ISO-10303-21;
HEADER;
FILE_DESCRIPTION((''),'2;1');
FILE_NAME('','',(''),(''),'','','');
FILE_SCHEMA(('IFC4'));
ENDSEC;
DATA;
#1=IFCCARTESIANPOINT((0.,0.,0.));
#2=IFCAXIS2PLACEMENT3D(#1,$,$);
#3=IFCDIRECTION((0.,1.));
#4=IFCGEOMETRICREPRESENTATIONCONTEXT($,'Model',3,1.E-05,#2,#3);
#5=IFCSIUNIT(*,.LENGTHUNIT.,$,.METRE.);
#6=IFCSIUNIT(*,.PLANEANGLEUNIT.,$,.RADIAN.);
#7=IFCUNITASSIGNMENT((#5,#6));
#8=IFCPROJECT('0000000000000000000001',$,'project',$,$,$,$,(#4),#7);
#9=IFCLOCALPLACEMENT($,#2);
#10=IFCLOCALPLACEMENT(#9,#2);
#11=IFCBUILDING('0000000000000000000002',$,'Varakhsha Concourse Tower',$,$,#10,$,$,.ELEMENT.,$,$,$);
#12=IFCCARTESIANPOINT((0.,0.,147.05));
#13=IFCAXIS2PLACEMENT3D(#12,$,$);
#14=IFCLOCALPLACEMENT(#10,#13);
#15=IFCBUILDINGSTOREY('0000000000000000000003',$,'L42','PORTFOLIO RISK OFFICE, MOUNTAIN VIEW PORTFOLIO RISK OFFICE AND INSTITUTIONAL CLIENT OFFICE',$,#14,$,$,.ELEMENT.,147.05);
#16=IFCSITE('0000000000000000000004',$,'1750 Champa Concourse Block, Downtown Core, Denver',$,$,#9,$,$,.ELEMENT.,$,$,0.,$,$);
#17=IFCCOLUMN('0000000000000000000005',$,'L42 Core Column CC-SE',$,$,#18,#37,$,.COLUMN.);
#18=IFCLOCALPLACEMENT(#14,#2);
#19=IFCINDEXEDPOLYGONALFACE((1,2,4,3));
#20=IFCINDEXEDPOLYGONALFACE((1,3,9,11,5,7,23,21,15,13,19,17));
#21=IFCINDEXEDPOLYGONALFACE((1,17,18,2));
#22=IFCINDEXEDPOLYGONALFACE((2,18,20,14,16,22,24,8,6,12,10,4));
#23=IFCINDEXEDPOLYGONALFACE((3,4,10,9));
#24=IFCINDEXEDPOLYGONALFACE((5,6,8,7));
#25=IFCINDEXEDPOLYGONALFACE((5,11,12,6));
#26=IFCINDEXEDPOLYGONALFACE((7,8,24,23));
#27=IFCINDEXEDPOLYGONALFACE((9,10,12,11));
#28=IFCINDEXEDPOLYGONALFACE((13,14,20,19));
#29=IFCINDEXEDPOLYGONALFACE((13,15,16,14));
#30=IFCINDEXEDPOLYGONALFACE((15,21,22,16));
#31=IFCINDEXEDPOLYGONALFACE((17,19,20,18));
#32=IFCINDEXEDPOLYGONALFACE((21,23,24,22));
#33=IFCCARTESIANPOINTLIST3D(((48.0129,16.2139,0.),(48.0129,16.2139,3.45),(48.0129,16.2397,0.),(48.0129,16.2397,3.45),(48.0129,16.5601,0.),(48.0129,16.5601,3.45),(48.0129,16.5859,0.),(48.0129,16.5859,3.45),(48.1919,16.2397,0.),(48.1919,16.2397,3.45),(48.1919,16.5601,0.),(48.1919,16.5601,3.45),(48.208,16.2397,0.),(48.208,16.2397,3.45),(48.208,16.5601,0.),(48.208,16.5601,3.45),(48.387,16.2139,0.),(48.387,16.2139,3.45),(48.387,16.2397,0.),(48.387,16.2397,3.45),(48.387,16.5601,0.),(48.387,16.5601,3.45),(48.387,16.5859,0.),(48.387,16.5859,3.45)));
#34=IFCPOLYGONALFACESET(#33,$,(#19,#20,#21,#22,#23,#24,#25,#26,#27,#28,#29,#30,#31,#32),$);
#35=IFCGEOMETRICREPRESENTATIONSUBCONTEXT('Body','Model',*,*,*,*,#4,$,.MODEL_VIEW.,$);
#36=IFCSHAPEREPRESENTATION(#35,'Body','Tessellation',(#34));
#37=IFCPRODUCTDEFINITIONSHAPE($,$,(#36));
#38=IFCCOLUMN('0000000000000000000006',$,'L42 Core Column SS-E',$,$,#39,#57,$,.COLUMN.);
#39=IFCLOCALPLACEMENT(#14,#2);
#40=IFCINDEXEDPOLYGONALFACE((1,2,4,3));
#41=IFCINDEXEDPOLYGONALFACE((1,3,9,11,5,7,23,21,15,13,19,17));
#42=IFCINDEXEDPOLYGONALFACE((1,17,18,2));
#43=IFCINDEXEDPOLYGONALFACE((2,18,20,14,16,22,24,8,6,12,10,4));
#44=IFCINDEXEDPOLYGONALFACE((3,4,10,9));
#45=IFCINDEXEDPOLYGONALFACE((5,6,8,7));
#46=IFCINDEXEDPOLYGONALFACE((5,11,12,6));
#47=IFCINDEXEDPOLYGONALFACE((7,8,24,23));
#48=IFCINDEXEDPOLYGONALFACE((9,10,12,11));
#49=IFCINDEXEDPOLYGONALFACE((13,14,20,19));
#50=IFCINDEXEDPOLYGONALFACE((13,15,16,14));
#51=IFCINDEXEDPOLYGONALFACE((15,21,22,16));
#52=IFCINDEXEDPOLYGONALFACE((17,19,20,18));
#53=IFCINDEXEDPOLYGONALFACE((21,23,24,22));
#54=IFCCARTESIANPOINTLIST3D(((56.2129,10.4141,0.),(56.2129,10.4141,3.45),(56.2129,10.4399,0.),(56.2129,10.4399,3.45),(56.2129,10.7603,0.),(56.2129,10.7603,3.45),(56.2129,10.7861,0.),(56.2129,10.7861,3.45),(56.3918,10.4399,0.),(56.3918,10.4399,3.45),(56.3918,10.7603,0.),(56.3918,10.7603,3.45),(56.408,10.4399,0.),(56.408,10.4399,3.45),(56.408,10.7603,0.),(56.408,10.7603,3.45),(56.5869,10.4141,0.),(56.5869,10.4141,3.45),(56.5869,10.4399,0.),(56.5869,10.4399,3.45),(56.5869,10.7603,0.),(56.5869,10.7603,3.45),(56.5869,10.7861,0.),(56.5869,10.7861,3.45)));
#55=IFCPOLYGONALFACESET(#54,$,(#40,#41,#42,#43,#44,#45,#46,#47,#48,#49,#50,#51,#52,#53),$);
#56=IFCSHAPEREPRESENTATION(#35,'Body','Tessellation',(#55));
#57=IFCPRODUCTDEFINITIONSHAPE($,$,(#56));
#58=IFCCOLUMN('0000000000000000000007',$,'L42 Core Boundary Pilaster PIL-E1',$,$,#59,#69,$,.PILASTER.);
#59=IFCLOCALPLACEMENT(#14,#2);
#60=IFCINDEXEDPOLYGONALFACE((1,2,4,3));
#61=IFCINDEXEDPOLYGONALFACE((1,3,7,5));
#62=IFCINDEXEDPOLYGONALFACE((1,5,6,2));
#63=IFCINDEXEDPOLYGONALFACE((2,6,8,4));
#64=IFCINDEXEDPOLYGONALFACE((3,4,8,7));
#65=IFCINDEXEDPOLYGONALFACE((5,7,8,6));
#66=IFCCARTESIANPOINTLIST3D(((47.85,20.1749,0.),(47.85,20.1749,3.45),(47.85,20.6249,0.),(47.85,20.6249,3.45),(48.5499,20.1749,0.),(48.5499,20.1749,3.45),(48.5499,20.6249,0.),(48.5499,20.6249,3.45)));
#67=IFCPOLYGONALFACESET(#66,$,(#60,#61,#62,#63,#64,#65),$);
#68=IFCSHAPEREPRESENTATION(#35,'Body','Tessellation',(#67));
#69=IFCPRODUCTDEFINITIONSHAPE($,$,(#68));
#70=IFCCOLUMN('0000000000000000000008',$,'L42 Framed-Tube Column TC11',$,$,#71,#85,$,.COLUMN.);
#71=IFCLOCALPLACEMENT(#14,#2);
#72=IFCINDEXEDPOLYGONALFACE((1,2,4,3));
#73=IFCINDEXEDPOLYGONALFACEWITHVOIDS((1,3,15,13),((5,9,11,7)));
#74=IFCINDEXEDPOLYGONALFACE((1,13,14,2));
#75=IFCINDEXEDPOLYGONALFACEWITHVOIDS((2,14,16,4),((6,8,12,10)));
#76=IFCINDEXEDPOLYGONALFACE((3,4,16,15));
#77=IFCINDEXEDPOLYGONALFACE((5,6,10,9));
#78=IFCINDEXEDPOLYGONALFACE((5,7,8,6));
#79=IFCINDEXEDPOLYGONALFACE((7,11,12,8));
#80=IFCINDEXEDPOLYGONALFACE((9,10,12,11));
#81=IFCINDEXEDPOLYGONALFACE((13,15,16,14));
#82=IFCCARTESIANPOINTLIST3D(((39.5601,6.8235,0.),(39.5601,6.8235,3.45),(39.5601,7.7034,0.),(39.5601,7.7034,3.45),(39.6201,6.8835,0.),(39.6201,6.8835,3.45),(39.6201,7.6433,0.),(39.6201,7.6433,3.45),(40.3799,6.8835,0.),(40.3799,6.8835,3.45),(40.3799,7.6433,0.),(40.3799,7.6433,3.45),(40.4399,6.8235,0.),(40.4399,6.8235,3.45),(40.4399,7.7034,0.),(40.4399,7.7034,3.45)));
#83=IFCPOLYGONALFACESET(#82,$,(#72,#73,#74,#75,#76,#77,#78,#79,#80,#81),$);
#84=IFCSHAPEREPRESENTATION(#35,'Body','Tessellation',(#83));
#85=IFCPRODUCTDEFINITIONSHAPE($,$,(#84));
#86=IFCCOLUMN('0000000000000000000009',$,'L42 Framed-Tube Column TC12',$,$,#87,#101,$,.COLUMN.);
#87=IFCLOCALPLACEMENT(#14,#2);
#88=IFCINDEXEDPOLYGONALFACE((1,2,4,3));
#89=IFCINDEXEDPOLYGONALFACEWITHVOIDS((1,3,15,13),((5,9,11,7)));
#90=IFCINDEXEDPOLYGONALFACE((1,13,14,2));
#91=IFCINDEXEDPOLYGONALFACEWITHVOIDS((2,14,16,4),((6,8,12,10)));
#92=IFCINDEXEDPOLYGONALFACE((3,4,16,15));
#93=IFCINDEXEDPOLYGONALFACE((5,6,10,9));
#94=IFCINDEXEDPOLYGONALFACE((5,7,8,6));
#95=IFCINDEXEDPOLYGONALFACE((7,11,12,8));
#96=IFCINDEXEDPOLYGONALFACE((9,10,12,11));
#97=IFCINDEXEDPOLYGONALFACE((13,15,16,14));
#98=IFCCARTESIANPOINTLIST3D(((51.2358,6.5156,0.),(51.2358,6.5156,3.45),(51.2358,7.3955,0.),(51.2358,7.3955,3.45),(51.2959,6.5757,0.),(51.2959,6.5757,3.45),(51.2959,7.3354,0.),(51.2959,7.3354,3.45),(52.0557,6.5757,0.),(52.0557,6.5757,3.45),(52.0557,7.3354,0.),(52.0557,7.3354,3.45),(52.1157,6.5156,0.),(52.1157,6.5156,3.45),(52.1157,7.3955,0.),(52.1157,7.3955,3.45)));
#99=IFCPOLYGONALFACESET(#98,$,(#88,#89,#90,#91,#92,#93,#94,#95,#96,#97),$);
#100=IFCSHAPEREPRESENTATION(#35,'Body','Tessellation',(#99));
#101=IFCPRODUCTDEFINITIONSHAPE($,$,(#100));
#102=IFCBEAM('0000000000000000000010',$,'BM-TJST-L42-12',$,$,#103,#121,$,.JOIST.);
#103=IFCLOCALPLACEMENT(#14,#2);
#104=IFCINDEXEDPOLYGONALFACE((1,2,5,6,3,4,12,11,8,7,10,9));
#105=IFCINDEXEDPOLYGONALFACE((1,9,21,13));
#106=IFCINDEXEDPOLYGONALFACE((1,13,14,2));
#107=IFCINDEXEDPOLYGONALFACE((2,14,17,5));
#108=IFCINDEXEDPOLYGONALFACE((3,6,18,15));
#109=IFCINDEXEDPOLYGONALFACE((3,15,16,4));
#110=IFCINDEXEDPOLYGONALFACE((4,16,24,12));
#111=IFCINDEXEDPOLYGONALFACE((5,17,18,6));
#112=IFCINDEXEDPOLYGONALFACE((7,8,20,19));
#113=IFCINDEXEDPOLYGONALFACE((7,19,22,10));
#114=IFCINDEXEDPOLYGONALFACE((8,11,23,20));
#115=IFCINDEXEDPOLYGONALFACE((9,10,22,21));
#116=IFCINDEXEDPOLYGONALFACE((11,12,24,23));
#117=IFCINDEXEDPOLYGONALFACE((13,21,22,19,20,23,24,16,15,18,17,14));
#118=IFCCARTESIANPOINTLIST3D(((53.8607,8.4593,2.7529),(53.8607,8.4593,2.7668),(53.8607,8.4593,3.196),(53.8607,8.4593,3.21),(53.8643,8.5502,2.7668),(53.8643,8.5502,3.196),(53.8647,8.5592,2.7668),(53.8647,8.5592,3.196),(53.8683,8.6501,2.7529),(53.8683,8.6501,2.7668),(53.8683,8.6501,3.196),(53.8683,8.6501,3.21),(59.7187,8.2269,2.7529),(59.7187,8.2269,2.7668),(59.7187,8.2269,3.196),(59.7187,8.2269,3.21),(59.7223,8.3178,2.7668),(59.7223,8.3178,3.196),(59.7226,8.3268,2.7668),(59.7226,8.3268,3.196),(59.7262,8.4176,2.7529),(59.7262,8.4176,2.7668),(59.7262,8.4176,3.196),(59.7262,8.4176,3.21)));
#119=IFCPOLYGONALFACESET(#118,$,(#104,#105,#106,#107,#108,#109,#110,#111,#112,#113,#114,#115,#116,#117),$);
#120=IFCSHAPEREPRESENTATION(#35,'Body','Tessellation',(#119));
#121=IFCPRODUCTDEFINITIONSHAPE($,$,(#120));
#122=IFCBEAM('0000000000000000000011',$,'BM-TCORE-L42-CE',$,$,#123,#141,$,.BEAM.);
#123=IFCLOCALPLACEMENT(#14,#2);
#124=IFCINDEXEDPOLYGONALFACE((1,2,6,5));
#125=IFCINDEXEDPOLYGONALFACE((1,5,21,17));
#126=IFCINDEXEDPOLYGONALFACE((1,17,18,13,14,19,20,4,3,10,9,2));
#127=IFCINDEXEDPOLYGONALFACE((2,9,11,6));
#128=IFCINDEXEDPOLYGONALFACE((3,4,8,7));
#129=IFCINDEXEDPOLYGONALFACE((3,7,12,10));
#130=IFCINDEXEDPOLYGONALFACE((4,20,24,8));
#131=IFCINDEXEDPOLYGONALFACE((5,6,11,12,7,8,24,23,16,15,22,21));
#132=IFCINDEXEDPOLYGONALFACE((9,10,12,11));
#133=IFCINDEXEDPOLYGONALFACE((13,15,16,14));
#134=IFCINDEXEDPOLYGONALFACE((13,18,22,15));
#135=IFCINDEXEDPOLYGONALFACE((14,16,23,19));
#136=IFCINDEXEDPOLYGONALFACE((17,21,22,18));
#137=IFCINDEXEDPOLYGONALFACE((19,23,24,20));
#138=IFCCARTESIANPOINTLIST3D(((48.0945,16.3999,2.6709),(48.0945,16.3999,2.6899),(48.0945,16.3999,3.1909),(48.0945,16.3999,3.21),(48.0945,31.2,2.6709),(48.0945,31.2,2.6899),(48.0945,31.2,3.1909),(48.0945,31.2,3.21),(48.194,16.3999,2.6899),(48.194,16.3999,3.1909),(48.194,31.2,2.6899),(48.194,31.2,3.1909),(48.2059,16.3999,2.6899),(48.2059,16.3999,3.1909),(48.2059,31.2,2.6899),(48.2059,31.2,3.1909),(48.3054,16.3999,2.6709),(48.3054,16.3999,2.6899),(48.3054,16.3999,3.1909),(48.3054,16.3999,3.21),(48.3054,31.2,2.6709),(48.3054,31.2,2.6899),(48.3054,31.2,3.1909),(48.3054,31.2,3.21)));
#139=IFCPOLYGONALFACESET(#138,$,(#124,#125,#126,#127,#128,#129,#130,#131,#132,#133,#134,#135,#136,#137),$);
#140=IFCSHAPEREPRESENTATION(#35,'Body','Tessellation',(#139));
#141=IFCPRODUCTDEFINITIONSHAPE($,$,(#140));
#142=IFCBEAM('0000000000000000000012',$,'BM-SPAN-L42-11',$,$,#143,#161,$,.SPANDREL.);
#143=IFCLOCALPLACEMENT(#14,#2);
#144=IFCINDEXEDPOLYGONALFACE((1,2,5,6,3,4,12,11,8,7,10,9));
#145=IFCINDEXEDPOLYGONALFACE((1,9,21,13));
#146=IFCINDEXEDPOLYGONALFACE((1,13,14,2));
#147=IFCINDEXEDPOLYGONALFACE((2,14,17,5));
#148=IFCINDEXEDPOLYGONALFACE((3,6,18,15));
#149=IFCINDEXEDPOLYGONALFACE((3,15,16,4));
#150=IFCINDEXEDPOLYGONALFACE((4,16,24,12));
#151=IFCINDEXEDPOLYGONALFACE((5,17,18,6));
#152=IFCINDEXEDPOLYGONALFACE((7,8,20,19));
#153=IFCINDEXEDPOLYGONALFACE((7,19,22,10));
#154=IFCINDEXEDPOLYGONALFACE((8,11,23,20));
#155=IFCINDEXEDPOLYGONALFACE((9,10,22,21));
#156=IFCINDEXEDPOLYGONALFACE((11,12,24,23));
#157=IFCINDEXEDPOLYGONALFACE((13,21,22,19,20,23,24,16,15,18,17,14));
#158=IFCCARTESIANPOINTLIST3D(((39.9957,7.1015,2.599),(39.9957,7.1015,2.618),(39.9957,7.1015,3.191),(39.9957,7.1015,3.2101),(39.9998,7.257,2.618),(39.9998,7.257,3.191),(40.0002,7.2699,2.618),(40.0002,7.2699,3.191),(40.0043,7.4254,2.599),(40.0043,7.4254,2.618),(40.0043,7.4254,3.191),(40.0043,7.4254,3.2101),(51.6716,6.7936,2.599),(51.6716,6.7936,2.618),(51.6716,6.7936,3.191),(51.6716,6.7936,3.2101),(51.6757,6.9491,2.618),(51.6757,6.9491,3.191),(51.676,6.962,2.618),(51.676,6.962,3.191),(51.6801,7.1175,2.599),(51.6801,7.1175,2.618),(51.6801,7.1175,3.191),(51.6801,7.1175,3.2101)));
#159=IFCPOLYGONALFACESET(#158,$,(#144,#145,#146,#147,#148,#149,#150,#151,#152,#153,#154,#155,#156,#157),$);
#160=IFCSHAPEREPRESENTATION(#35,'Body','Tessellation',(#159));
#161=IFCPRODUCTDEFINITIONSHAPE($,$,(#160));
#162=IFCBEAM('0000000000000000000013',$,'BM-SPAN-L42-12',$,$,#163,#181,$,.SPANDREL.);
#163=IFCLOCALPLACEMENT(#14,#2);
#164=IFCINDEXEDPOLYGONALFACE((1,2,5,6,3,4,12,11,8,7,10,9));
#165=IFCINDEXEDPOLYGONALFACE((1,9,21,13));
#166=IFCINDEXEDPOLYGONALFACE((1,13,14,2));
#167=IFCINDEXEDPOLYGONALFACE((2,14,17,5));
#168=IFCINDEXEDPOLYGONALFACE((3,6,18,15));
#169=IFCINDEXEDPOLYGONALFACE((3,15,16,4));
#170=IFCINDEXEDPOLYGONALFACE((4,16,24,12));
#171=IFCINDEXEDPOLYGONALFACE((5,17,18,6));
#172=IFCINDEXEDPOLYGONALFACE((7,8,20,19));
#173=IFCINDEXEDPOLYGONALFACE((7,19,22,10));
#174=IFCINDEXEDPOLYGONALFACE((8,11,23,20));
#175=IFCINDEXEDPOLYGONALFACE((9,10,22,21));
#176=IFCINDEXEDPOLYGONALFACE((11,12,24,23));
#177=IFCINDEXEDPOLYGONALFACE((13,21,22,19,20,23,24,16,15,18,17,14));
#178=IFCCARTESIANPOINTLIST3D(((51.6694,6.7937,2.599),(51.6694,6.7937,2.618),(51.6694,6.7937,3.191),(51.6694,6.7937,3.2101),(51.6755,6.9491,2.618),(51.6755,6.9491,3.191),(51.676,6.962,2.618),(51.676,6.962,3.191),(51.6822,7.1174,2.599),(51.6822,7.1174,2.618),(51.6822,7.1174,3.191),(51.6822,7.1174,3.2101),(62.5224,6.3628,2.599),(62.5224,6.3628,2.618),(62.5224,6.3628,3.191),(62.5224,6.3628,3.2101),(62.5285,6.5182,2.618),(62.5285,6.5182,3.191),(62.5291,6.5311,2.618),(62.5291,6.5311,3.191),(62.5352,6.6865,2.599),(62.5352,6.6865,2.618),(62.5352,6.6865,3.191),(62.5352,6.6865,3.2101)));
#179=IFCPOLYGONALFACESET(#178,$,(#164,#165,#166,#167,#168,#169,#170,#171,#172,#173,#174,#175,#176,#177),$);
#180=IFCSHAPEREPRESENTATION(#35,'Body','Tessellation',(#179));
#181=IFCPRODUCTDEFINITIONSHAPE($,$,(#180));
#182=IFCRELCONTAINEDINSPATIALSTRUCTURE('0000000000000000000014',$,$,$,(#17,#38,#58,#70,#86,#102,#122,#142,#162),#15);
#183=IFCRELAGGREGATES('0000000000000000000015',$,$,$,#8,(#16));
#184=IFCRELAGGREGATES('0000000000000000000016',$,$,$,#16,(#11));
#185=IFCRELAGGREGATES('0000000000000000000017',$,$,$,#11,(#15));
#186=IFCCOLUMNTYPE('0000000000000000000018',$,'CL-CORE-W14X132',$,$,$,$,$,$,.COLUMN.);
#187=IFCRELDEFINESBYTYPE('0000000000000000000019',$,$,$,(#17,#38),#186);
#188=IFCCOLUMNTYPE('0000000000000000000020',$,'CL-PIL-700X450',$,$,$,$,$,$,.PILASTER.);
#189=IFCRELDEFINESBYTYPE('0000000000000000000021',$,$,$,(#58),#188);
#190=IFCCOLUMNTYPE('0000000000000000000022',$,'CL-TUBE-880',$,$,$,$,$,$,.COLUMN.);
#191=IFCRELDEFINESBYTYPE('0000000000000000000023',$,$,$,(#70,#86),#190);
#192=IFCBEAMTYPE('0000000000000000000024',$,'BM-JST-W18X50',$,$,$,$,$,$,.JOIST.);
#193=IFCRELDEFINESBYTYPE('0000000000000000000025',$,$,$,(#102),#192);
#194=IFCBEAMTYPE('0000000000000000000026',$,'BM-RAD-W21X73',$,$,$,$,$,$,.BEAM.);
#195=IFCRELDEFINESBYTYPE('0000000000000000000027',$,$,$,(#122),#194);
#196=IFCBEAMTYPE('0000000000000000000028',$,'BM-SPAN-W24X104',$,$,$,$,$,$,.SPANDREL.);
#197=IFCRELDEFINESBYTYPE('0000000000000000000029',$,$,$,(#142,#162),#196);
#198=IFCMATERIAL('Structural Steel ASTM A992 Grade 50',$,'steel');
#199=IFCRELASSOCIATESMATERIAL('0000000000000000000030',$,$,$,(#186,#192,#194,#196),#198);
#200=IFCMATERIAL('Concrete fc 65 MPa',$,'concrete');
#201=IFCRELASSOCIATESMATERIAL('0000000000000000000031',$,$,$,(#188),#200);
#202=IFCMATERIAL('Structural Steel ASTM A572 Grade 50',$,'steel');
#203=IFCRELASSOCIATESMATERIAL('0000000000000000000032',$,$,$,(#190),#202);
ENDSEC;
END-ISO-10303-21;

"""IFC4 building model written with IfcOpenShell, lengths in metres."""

from ifc_helpers import new_model, si_unit, direction, frame, origin, origin_2d, place, context, subcontext, project, spatial, rectangle, hollow_rectangle, i_section, extrude, material, material_profile, profile_set, type_object, element, save


model = new_model("IFC4")

# Units and contexts
model_context = context("Model", 3, precision=1e-05, world=origin(), true_north=direction((0.0, 1.0)))
body_context = subcontext(model_context, "Body", "Model", "MODEL_VIEW")
ifc_project = project(units=[si_unit("LENGTHUNIT", "METRE"), si_unit("PLANEANGLEUNIT", "RADIAN")], contexts=[model_context])

# Site, building, storey
site_placement = place(None, origin())
site = spatial("IfcSite", under=ifc_project, at=site_placement, Name="1750 Champa Concourse Block, Downtown Core, Denver", CompositionType="ELEMENT", RefElevation=0.0)
building_placement = place(site_placement, origin())
building = spatial("IfcBuilding", under=site, at=building_placement, Name="Varakhsha Concourse Tower", CompositionType="ELEMENT")
storey_placement = place(building_placement, frame((0.0, 0.0, 147.05)))
storey = spatial("IfcBuildingStorey", under=building, at=storey_placement, Name="L42", Description="PORTFOLIO RISK OFFICE, MOUNTAIN VIEW PORTFOLIO RISK OFFICE AND INSTITUTIONAL CLIENT OFFICE", CompositionType="ELEMENT", Elevation=147.05)

# Columns
ifc_material_1 = material(Name="Structural Steel ASTM A992 Grade 50", Category="steel")
ifc_material_profile_1 = material_profile(ifc_material_1, i_section(OverallWidth=0.374, OverallDepth=0.3721, WebThickness=0.0161, FlangeThickness=0.0259, at=origin_2d()), Name="W14X132")
ifc_profile_set_1 = profile_set([ifc_material_profile_1], Name="Structural Steel ASTM A992 Grade 50")
column_type_1 = type_object("IfcColumnType", Name="CL-CORE-W14X132", PredefinedType="COLUMN", material=ifc_profile_set_1)
for number, where, z_axis, x_axis, name in (
    (1, (48.2, 16.3999, 0.0), (0.0, 0.0, 1.0), (1.0, 0.0, 0.0), "L42 Core Column CC-SE"),
    (2, (56.3999, 10.6001, 0.0), (0.0, 0.0, 1.0), (1.0, 0.0, 0.0), "L42 Core Column SS-E"),
):
    element("IfcColumn", number, at=place(storey_placement, frame(where, z_axis=z_axis, x_axis=x_axis)), inside=storey, type_object=column_type_1, Name=name, PredefinedType="COLUMN", context=body_context, shape_type="SweptSolid", body=[
        extrude(i_section(OverallWidth=0.374, OverallDepth=0.3721, WebThickness=0.0161, FlangeThickness=0.0259, at=origin_2d()), origin(), (0.0, 0.0, 1.0), 3.45),
    ])
ifc_material_2 = material(Name="Concrete fc 65 MPa", Category="concrete")
ifc_material_profile_2 = material_profile(ifc_material_2, rectangle(XDim=0.7, YDim=0.45, at=origin_2d()), Name="RC 700x450")
ifc_profile_set_2 = profile_set([ifc_material_profile_2], Name="Concrete fc 65 MPa")
column_type_2 = type_object("IfcColumnType", Name="CL-PIL-700X450", PredefinedType="PILASTER", material=ifc_profile_set_2)
column_placement = place(storey_placement, frame((48.2, 20.3999, 0.0), z_axis=(0.0, 0.0, 1.0), x_axis=(1.0, 0.0, 0.0)))
element("IfcColumn", 3, at=column_placement, inside=storey, type_object=column_type_2, Name="L42 Core Boundary Pilaster PIL-E1", PredefinedType="PILASTER", context=body_context, shape_type="SweptSolid", body=[
    extrude(rectangle(XDim=0.7, YDim=0.45, at=origin_2d()), origin(), (0.0, 0.0, 1.0), 3.45),
])
ifc_material_3 = material(Name="Structural Steel ASTM A572 Grade 50", Category="steel")
ifc_material_profile_3 = material_profile(ifc_material_3, hollow_rectangle(XDim=0.8799, YDim=0.8799, WallThickness=0.0601, at=origin_2d()), Name="BOX 880x880x60")
ifc_profile_set_3 = profile_set([ifc_material_profile_3], Name="Structural Steel ASTM A572 Grade 50")
column_type_3 = type_object("IfcColumnType", Name="CL-TUBE-880", PredefinedType="COLUMN", material=ifc_profile_set_3)
for number, where, z_axis, x_axis, name in (
    (4, (40.0, 7.2634, 0.0), (0.0, 0.0, 1.0), (1.0, 0.0, 0.0), "L42 Framed-Tube Column TC11"),
    (5, (51.6758, 6.9556, 0.0), (0.0, 0.0, 1.0), (1.0, 0.0, 0.0), "L42 Framed-Tube Column TC12"),
):
    element("IfcColumn", number, at=place(storey_placement, frame(where, z_axis=z_axis, x_axis=x_axis)), inside=storey, type_object=column_type_3, Name=name, PredefinedType="COLUMN", context=body_context, shape_type="SweptSolid", body=[
        extrude(hollow_rectangle(XDim=0.8799, YDim=0.8799, WallThickness=0.0601, at=origin_2d()), origin(), (0.0, 0.0, 1.0), 3.45),
    ])

# Beams
ifc_material_profile_4 = material_profile(ifc_material_1, i_section(OverallWidth=0.1909, OverallDepth=0.457, WebThickness=0.009, FlangeThickness=0.0139, at=origin_2d()), Name="W18X50")
ifc_profile_set_4 = profile_set([ifc_material_profile_4], Name="Structural Steel ASTM A992 Grade 50")
beam_type_1 = type_object("IfcBeamType", Name="BM-JST-W18X50", PredefinedType="JOIST", material=ifc_profile_set_4)
beam_1_placement = place(storey_placement, frame((53.8645, 8.5547, 2.9814), z_axis=(0.999214, -0.039645, 0.0), x_axis=(0.039645, 0.999214, 0.0)))
element("IfcBeam", 6, at=beam_1_placement, inside=storey, type_object=beam_type_1, Name="BM-TJST-L42-12", PredefinedType="JOIST", context=body_context, shape_type="SweptSolid", body=[
    extrude(i_section(OverallWidth=0.1909, OverallDepth=0.457, WebThickness=0.009, FlangeThickness=0.0139, at=origin_2d()), origin(), (0.0, 0.0, 1.0), 5.8625),
])
ifc_material_profile_5 = material_profile(ifc_material_1, i_section(OverallWidth=0.2109, OverallDepth=0.5391, WebThickness=0.012, FlangeThickness=0.019, at=origin_2d()), Name="W21X73")
ifc_profile_set_5 = profile_set([ifc_material_profile_5], Name="Structural Steel ASTM A992 Grade 50")
beam_type_2 = type_object("IfcBeamType", Name="BM-RAD-W21X73", PredefinedType="BEAM", material=ifc_profile_set_5)
beam_2_placement = place(storey_placement, frame((48.2, 16.3999, 2.9404), z_axis=(0.0, 1.0, 0.0), x_axis=(-1.0, 0.0, 0.0)))
element("IfcBeam", 7, at=beam_2_placement, inside=storey, type_object=beam_type_2, Name="BM-TCORE-L42-CE", PredefinedType="BEAM", context=body_context, shape_type="SweptSolid", body=[
    extrude(i_section(OverallWidth=0.2109, OverallDepth=0.5391, WebThickness=0.012, FlangeThickness=0.019, at=origin_2d()), origin(), (0.0, 0.0, 1.0), 14.8),
])
ifc_material_profile_6 = material_profile(ifc_material_1, i_section(OverallWidth=0.324, OverallDepth=0.6111, WebThickness=0.0129, FlangeThickness=0.019, at=origin_2d()), Name="W24X104")
ifc_profile_set_6 = profile_set([ifc_material_profile_6], Name="Structural Steel ASTM A992 Grade 50")
beam_type_3 = type_object("IfcBeamType", Name="BM-SPAN-W24X104", PredefinedType="SPANDREL", material=ifc_profile_set_6)
beam_3_placement = place(storey_placement, frame((40.0, 7.2634, 2.9045), z_axis=(0.999653, -0.026358, 0.0), x_axis=(0.026358, 0.999653, 0.0)))
element("IfcBeam", 8, at=beam_3_placement, inside=storey, type_object=beam_type_3, Name="BM-SPAN-L42-11", PredefinedType="SPANDREL", context=body_context, shape_type="SweptSolid", body=[
    extrude(i_section(OverallWidth=0.324, OverallDepth=0.6111, WebThickness=0.0129, FlangeThickness=0.019, at=origin_2d()), origin(), (0.0, 0.0, 1.0), 11.6799),
])
beam_4_placement = place(storey_placement, frame((51.6758, 6.9556, 2.9045), z_axis=(0.999213, -0.039673, 0.0), x_axis=(0.039673, 0.999213, 0.0)))
element("IfcBeam", 9, at=beam_4_placement, inside=storey, type_object=beam_type_3, Name="BM-SPAN-L42-12", PredefinedType="SPANDREL", context=body_context, shape_type="SweptSolid", body=[
    extrude(i_section(OverallWidth=0.324, OverallDepth=0.6111, WebThickness=0.0129, FlangeThickness=0.019, at=origin_2d()), origin(), (0.0, 0.0, 1.0), 10.8616),
])

save(model, "model.ifc")
